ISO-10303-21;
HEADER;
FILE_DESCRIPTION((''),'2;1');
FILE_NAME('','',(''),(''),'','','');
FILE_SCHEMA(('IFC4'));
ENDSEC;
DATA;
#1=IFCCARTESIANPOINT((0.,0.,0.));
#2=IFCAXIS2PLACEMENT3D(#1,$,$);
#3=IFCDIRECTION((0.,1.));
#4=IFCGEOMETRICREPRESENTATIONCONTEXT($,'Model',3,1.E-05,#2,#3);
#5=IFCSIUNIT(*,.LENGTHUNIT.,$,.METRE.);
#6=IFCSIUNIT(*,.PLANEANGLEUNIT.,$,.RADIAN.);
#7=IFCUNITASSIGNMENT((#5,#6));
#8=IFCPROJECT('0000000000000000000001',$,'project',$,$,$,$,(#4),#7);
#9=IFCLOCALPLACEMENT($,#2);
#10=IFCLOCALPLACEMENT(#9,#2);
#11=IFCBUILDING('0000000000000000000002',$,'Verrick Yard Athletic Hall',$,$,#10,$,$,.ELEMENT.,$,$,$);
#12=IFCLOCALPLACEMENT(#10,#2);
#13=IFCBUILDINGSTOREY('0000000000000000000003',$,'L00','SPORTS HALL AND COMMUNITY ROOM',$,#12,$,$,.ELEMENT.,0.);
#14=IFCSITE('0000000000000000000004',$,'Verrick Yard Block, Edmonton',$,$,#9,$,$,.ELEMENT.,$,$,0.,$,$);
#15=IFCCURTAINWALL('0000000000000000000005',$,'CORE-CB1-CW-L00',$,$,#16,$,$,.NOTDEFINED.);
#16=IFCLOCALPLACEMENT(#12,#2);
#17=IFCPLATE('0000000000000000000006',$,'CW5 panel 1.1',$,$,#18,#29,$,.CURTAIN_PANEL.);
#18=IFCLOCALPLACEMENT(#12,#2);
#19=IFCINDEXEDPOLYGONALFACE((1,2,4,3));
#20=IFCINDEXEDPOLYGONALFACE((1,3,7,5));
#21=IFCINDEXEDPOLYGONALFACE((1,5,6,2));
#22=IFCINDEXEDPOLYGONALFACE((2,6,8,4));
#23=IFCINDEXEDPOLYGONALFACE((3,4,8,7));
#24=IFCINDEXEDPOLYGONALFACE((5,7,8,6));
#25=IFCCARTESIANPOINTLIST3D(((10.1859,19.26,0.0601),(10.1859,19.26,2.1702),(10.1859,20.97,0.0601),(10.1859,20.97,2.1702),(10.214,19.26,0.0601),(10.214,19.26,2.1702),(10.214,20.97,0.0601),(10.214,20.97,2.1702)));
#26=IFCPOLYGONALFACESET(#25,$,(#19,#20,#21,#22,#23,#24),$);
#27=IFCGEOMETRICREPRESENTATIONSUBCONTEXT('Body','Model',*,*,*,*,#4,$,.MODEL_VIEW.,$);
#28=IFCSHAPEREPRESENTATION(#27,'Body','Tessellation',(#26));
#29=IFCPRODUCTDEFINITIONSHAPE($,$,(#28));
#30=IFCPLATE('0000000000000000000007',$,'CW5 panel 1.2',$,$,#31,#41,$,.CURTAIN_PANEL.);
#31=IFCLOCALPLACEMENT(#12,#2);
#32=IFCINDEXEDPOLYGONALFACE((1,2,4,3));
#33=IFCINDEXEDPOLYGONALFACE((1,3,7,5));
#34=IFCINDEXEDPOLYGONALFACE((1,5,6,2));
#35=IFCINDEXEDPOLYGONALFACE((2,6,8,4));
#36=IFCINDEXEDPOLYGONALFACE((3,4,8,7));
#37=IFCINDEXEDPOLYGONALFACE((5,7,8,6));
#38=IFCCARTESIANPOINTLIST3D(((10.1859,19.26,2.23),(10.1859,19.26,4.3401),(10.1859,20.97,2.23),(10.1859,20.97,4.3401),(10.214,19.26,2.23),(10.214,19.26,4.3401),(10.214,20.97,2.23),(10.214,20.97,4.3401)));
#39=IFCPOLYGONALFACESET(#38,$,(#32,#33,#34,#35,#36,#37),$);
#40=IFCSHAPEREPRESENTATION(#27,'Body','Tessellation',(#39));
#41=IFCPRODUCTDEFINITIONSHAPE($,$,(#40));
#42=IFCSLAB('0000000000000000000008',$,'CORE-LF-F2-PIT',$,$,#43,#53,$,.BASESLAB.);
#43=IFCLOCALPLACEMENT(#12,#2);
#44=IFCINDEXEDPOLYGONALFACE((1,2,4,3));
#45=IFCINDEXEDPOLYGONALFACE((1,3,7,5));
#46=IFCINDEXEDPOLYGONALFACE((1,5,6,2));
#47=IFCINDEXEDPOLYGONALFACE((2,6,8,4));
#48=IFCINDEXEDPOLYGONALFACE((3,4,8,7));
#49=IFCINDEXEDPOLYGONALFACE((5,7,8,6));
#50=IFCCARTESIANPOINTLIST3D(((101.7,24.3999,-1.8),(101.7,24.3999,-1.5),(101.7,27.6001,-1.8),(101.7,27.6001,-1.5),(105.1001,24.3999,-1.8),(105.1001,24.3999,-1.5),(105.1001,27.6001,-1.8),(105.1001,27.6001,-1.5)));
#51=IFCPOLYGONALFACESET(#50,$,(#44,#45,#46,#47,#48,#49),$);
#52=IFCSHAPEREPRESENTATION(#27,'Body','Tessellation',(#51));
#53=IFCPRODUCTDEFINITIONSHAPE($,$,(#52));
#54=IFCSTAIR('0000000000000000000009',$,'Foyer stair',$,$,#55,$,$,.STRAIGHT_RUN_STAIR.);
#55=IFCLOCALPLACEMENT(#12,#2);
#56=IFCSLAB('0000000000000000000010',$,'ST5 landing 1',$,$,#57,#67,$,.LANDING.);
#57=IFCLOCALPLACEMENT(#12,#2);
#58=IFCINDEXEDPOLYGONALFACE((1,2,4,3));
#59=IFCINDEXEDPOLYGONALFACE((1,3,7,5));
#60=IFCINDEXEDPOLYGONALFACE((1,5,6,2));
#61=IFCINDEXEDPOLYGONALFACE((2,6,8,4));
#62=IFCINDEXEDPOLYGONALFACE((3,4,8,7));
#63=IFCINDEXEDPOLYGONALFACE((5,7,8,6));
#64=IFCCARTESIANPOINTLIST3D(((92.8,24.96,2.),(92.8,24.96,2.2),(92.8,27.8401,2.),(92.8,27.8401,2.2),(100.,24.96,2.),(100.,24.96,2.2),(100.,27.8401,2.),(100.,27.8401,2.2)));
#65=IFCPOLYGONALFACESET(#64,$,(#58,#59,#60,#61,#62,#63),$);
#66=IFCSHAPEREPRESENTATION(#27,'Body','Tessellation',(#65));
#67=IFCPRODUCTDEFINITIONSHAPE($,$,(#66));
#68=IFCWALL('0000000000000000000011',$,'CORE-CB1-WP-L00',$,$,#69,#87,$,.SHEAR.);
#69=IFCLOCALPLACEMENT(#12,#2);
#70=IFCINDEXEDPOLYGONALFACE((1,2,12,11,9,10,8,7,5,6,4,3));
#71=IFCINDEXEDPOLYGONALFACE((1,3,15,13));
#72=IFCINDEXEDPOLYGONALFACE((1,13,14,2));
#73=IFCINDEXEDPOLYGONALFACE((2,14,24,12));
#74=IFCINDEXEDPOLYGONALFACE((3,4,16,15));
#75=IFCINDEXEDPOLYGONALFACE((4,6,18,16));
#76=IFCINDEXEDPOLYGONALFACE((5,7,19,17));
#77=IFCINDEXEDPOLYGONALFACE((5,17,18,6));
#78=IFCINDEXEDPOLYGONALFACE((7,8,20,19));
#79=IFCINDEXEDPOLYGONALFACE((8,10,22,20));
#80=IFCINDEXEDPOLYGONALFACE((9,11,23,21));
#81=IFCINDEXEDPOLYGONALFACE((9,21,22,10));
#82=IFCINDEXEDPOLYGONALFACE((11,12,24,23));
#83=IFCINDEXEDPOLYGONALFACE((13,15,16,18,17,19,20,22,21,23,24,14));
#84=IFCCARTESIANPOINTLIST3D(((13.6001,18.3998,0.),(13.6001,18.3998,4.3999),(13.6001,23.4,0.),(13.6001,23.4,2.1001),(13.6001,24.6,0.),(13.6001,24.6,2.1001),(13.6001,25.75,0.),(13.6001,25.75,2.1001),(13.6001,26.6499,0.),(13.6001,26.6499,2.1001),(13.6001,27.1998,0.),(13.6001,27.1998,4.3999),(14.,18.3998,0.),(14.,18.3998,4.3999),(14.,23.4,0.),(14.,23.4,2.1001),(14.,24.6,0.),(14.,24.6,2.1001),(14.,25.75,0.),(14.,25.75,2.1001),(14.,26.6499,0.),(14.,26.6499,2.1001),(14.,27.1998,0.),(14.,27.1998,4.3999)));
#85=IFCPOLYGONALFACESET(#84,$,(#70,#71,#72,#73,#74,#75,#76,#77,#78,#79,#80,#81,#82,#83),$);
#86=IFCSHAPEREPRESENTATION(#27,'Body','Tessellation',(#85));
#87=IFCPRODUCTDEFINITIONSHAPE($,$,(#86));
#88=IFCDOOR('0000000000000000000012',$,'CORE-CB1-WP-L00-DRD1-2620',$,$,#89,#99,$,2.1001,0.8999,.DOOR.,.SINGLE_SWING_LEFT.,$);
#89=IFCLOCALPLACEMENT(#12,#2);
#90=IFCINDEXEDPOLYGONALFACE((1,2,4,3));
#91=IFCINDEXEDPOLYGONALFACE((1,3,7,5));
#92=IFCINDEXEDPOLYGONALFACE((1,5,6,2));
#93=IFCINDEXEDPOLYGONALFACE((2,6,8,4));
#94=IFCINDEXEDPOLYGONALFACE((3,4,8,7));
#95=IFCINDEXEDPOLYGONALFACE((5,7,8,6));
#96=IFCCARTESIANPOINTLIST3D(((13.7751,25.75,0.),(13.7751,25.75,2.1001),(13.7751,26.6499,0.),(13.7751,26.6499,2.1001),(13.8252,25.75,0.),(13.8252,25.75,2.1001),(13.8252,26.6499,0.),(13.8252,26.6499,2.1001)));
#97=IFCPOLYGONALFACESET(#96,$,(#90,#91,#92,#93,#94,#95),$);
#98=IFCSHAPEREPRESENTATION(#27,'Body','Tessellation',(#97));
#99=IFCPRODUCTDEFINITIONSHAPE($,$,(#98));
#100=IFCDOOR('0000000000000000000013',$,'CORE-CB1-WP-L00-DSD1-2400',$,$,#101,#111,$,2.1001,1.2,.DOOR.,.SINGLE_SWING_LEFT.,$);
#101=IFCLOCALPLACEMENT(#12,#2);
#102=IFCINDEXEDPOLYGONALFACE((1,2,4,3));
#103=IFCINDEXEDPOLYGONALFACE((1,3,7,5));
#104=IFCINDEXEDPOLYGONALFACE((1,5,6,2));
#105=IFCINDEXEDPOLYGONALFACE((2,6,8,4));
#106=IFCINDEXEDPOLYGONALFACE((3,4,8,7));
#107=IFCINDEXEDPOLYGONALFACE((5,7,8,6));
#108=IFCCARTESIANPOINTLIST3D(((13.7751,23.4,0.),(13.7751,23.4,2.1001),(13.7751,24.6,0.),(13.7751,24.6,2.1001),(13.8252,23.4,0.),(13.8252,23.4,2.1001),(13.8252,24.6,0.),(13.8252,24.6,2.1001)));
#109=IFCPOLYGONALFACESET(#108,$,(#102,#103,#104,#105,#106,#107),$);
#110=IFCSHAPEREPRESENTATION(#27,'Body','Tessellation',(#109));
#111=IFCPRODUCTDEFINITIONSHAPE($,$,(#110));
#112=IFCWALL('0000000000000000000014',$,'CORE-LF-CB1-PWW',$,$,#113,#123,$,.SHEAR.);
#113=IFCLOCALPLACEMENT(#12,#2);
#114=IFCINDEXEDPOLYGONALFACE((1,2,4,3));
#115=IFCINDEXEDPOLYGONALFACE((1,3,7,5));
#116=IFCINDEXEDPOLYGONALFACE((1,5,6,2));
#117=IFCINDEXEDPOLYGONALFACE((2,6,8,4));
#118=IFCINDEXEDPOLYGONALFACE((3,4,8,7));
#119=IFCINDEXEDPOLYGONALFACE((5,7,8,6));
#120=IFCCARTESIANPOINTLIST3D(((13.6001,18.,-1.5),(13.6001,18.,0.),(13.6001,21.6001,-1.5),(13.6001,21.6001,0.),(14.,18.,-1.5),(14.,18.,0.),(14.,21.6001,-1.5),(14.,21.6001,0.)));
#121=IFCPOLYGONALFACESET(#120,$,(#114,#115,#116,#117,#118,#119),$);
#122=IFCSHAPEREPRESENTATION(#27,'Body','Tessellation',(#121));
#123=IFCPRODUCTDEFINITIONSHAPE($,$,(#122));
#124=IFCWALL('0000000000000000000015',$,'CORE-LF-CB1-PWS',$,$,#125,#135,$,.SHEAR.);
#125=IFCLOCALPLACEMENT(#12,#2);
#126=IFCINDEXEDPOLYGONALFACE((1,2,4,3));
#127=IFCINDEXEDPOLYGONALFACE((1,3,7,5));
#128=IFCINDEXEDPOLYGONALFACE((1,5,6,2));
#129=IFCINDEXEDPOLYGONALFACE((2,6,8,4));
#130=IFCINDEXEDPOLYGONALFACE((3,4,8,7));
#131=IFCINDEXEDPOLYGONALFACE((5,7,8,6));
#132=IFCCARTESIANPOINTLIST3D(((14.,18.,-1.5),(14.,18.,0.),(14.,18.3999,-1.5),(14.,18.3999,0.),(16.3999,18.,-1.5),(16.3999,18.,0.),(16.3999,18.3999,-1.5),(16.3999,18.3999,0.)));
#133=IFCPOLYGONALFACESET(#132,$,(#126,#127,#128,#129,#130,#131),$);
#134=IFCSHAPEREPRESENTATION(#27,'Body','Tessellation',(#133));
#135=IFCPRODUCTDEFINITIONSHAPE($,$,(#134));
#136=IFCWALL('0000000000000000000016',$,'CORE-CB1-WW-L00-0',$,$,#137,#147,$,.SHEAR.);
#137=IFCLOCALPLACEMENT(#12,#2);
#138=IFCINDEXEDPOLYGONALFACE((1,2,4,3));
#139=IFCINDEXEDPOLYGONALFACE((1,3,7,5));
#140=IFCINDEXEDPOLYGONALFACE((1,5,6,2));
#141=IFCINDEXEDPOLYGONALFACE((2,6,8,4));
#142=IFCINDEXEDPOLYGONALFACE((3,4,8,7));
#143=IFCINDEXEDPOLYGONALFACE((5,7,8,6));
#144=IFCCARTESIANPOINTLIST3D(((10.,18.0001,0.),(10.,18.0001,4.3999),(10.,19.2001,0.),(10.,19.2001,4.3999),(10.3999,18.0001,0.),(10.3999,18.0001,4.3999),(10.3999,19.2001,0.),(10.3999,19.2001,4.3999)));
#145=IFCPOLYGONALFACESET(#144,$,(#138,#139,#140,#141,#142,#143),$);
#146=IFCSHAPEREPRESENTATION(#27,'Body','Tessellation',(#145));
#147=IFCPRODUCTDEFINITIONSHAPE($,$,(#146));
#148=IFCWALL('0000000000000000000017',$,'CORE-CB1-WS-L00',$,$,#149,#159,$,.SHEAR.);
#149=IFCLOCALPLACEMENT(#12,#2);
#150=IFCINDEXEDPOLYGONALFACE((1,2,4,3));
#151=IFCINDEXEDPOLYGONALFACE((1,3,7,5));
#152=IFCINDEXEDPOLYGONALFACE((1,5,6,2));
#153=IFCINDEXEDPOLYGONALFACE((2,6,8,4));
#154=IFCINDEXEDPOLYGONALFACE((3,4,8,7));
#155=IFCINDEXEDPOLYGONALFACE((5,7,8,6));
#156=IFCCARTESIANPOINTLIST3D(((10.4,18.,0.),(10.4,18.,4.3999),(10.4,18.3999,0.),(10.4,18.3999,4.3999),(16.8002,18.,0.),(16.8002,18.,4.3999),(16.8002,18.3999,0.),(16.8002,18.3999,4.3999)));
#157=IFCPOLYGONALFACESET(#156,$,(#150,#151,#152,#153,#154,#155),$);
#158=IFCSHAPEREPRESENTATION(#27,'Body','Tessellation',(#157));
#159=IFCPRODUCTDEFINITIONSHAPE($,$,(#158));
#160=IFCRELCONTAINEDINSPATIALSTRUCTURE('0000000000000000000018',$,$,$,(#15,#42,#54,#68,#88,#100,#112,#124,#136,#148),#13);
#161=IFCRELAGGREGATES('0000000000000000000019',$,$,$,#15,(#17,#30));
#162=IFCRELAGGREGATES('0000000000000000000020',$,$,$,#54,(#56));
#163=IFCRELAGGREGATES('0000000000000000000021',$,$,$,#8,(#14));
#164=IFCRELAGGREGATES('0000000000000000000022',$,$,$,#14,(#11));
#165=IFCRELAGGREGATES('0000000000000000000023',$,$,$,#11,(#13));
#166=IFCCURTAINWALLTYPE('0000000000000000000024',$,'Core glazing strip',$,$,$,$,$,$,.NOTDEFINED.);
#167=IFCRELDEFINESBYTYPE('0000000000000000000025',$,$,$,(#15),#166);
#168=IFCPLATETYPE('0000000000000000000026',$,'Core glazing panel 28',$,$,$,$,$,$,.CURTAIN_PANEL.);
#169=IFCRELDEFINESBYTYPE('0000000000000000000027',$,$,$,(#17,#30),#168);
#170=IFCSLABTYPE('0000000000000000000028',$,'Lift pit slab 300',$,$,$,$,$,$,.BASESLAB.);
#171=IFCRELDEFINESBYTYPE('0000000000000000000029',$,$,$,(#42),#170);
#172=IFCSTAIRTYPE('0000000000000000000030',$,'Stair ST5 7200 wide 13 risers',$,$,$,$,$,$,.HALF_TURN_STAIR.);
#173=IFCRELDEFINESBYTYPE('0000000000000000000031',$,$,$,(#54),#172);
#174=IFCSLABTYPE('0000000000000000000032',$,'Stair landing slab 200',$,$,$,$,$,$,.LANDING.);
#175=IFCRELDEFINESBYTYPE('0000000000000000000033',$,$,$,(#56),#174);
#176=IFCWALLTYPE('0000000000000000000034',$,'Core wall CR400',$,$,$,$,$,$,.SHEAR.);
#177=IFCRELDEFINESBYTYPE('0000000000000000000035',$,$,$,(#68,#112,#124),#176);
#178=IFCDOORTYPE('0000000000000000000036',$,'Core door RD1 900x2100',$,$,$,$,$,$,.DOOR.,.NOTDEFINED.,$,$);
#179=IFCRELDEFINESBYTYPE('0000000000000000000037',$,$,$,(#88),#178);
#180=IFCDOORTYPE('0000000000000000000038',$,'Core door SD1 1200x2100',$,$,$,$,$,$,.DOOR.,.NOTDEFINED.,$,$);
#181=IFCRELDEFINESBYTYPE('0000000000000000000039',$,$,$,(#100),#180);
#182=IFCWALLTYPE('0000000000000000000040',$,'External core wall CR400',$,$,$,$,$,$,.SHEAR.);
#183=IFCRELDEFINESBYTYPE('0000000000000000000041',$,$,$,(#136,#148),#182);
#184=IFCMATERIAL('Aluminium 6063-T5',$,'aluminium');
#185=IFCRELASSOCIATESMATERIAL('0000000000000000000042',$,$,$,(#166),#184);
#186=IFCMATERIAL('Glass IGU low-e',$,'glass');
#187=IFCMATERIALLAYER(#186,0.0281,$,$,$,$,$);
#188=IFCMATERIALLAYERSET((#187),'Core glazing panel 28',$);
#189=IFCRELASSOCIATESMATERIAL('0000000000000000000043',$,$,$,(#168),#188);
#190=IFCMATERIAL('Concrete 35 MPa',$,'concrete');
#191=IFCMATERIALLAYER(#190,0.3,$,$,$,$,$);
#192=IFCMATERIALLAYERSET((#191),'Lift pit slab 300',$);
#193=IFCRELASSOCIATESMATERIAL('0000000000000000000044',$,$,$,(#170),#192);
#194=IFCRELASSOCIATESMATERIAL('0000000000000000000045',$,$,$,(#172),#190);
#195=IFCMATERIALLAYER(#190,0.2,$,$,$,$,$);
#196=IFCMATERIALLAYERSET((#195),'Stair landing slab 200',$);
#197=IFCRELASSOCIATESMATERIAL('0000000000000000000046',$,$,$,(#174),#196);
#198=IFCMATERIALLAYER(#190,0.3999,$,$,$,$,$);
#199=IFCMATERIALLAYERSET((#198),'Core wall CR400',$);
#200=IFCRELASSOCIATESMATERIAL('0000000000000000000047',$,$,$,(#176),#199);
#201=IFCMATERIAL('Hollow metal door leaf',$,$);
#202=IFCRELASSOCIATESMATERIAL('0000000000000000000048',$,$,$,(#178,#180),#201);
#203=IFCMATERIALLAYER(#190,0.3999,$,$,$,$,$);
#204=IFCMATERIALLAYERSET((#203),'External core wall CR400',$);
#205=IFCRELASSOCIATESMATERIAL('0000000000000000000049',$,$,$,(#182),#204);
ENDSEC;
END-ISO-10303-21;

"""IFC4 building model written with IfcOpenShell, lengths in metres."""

from ifc_helpers import new_model, si_unit, direction, frame, frame_2d, origin, origin_2d, place, context, subcontext, project, spatial, polyline, rectangle, outline, extrude, material, layer, layer_set, type_object, element, fill, aggregate, save


model = new_model("IFC4")

# Units and contexts
model_context = context("Model", 3, precision=1e-05, world=origin(), true_north=direction((0.0, 1.0)))
body_context = subcontext(model_context, "Body", "Model", "MODEL_VIEW")
ifc_project = project(units=[si_unit("LENGTHUNIT", "METRE"), si_unit("PLANEANGLEUNIT", "RADIAN")], contexts=[model_context])

# Site, building, storey
site_placement = place(None, origin())
site = spatial("IfcSite", under=ifc_project, at=site_placement, Name="Verrick Yard Block, Edmonton", CompositionType="ELEMENT", RefElevation=0.0)
building_placement = place(site_placement, origin())
building = spatial("IfcBuilding", under=site, at=building_placement, Name="Verrick Yard Athletic Hall", CompositionType="ELEMENT")
storey_placement = place(building_placement, origin())
storey = spatial("IfcBuildingStorey", under=building, at=storey_placement, Name="L00", Description="SPORTS HALL AND COMMUNITY ROOM", CompositionType="ELEMENT", Elevation=0.0)

# Shared definitions
ifc_material_1 = material(Name="Concrete 35 MPa", Category="concrete")

# Curtain wall, plates
ifc_material_2 = material(Name="Aluminium 6063-T5", Category="aluminium")
curtain_wall_type = type_object("IfcCurtainWallType", Name="Core glazing strip", PredefinedType="NOTDEFINED", material=ifc_material_2)
curtain_wall_placement = place(storey_placement, origin())
curtain_wall = element("IfcCurtainWall", 1, at=curtain_wall_placement, inside=storey, type_object=curtain_wall_type, Name="CORE-CB1-CW-L00", PredefinedType="NOTDEFINED")
ifc_material_3 = material(Name="Glass IGU low-e", Category="glass")
ifc_layer_1 = layer(ifc_material_3, 0.0281)
ifc_layer_set_1 = layer_set([ifc_layer_1], Name="Core glazing panel 28")
plate_type = type_object("IfcPlateType", Name="Core glazing panel 28", PredefinedType="CURTAIN_PANEL", material=ifc_layer_set_1)
plate_1_placement = place(storey_placement, frame((10.2, 20.115, 0.0601), z_axis=(0.0, 0.0, 1.0), x_axis=(0.0, 1.0, 0.0)))
plate_1 = element("IfcPlate", 2, at=plate_1_placement, type_object=plate_type, Name="CW5 panel 1.1", PredefinedType="CURTAIN_PANEL", context=body_context, shape_type="SweptSolid", body=[
    extrude(rectangle(XDim=1.71, YDim=0.0281, at=origin_2d()), origin(), (0.0, 0.0, 1.0), 2.1101),
])
plate_2_placement = place(storey_placement, frame((10.2, 20.115, 2.23), z_axis=(0.0, 0.0, 1.0), x_axis=(0.0, 1.0, 0.0)))
plate_2 = element("IfcPlate", 3, at=plate_2_placement, type_object=plate_type, Name="CW5 panel 1.2", PredefinedType="CURTAIN_PANEL", context=body_context, shape_type="SweptSolid", body=[
    extrude(rectangle(XDim=1.71, YDim=0.0281, at=origin_2d()), origin(), (0.0, 0.0, 1.0), 2.1101),
])
aggregate(curtain_wall, [plate_1, plate_2])

# Slab
ifc_layer_2 = layer(ifc_material_1, 0.3)
ifc_layer_set_2 = layer_set([ifc_layer_2], Name="Lift pit slab 300")
slab_type_1 = type_object("IfcSlabType", Name="Lift pit slab 300", PredefinedType="BASESLAB", material=ifc_layer_set_2)
slab_1_placement = place(storey_placement, frame((0.0, 0.0, -1.8)))
element("IfcSlab", 4, at=slab_1_placement, inside=storey, type_object=slab_type_1, Name="CORE-LF-F2-PIT", PredefinedType="BASESLAB", context=body_context, shape_type="SweptSolid", body=[
    extrude(outline(polyline([(101.7, 24.3999), (105.1001, 24.3999), (105.1001, 27.6001), (101.7, 27.6001), (101.7, 24.3999)])), origin(), (0.0, 0.0, 1.0), 0.3),
])

# Stair, slab
stair_type_1 = type_object("IfcStairType", Name="Stair ST5 7200 wide 13 risers", PredefinedType="HALF_TURN_STAIR", material=ifc_material_1)
stair_1_placement = place(storey_placement, origin())
stair_1 = element("IfcStair", 5, at=stair_1_placement, inside=storey, type_object=stair_type_1, Name="Foyer stair", PredefinedType="STRAIGHT_RUN_STAIR")
ifc_layer_3 = layer(ifc_material_1, 0.2)
ifc_layer_set_3 = layer_set([ifc_layer_3], Name="Stair landing slab 200")
slab_type_2 = type_object("IfcSlabType", Name="Stair landing slab 200", PredefinedType="LANDING", material=ifc_layer_set_3)
slab_2_placement = place(storey_placement, frame((0.0, 0.0, 2.0)))
slab_2 = element("IfcSlab", 6, at=slab_2_placement, type_object=slab_type_2, Name="ST5 landing 1", PredefinedType="LANDING", context=body_context, shape_type="SweptSolid", body=[
    extrude(outline(polyline([(92.8, 24.96), (100.0, 24.96), (100.0, 27.8401), (92.8, 27.8401), (92.8, 24.96)])), origin(), (0.0, 0.0, 1.0), 0.2),
])
aggregate(stair_1, [slab_2])

# Wall, openings, doors
ifc_layer_4 = layer(ifc_material_1, 0.3999)
ifc_layer_set_4 = layer_set([ifc_layer_4], Name="Core wall CR400")
wall_type_1 = type_object("IfcWallType", Name="Core wall CR400", PredefinedType="SHEAR", material=ifc_layer_set_4)
wall_1_placement = place(storey_placement, frame((13.8, 18.3999, 0.0), z_axis=(0.0, 0.0, 1.0), x_axis=(0.0, 1.0, 0.0)))
wall_1 = element("IfcWall", 7, at=wall_1_placement, inside=storey, type_object=wall_type_1, Name="CORE-CB1-WP-L00", PredefinedType="SHEAR", context=body_context, shape_type="SweptSolid", body=[
    extrude(rectangle(XDim=8.8, YDim=0.3999, at=frame_2d((4.3999, 0.0))), origin(), (0.0, 0.0, 1.0), 4.3999),
])
opening_1_placement = place(wall_1_placement, frame((5.0, 0.0, 0.0)))
opening_1 = element("IfcOpeningElement", 8, at=opening_1_placement, cuts=wall_1, PredefinedType="OPENING", context=body_context, shape_type="SweptSolid", body=[
    extrude(rectangle(XDim=1.2, YDim=2.1001, at=frame_2d((0.6001, 1.05))), frame((0.0, 0.21, 0.0), z_axis=(0.0, -1.0, 0.0), x_axis=(1.0, 0.0, 0.0)), (0.0, 0.0, 1.0), 0.4199),
])
opening_2_placement = place(wall_1_placement, frame((7.3501, 0.0, 0.0)))
opening_2 = element("IfcOpeningElement", 9, at=opening_2_placement, cuts=wall_1, PredefinedType="OPENING", context=body_context, shape_type="SweptSolid", body=[
    extrude(rectangle(XDim=0.8999, YDim=2.1001, at=frame_2d((0.45, 1.05))), frame((0.0, 0.21, 0.0), z_axis=(0.0, -1.0, 0.0), x_axis=(1.0, 0.0, 0.0)), (0.0, 0.0, 1.0), 0.4199),
])
ifc_material_4 = material(Name="Hollow metal door leaf")
door_type_1 = type_object("IfcDoorType", Name="Core door RD1 900x2100", OperationType="NOTDEFINED", PredefinedType="DOOR", material=ifc_material_4)
door_1_placement = place(opening_2_placement, origin())
door_1 = element("IfcDoor", 10, at=door_1_placement, inside=storey, type_object=door_type_1, Name="CORE-CB1-WP-L00-DRD1-2620", OperationType="SINGLE_SWING_LEFT", OverallHeight=2.1001, OverallWidth=0.8999, PredefinedType="DOOR", context=body_context, shape_type="SweptSolid", body=[
    extrude(rectangle(XDim=0.8999, YDim=2.1001, at=frame_2d((0.45, 1.05))), frame((0.0, 0.0249, 0.0), z_axis=(0.0, -1.0, 0.0), x_axis=(1.0, 0.0, 0.0)), (0.0, 0.0, 1.0), 0.05),
])
fill(opening_2, door_1)
door_type_2 = type_object("IfcDoorType", Name="Core door SD1 1200x2100", OperationType="NOTDEFINED", PredefinedType="DOOR", material=ifc_material_4)
door_2_placement = place(opening_1_placement, origin())
door_2 = element("IfcDoor", 11, at=door_2_placement, inside=storey, type_object=door_type_2, Name="CORE-CB1-WP-L00-DSD1-2400", OperationType="SINGLE_SWING_LEFT", OverallHeight=2.1001, OverallWidth=1.2, PredefinedType="DOOR", context=body_context, shape_type="SweptSolid", body=[
    extrude(rectangle(XDim=1.2, YDim=2.1001, at=frame_2d((0.6001, 1.05))), frame((0.0, 0.0249, 0.0), z_axis=(0.0, -1.0, 0.0), x_axis=(1.0, 0.0, 0.0)), (0.0, 0.0, 1.0), 0.05),
])
fill(opening_1, door_2)

# Walls
wall_2_placement = place(storey_placement, frame((13.8, 18.0, -1.5), z_axis=(0.0, 0.0, 1.0), x_axis=(0.0, 1.0, 0.0)))
element("IfcWall", 12, at=wall_2_placement, inside=storey, type_object=wall_type_1, Name="CORE-LF-CB1-PWW", PredefinedType="SHEAR", context=body_context, shape_type="SweptSolid", body=[
    extrude(rectangle(XDim=3.6001, YDim=0.3999, at=frame_2d((1.8, 0.0))), origin(), (0.0, 0.0, 1.0), 1.5),
])
wall_3_placement = place(storey_placement, frame((14.0, 18.2, -1.5), z_axis=(0.0, 0.0, 1.0), x_axis=(1.0, 0.0, 0.0)))
element("IfcWall", 13, at=wall_3_placement, inside=storey, type_object=wall_type_1, Name="CORE-LF-CB1-PWS", PredefinedType="SHEAR", context=body_context, shape_type="SweptSolid", body=[
    extrude(rectangle(XDim=2.3999, YDim=0.3999, at=frame_2d((1.2, 0.0))), origin(), (0.0, 0.0, 1.0), 1.5),
])
ifc_layer_5 = layer(ifc_material_1, 0.3999)
ifc_layer_set_5 = layer_set([ifc_layer_5], Name="External core wall CR400")
wall_type_2 = type_object("IfcWallType", Name="External core wall CR400", PredefinedType="SHEAR", material=ifc_layer_set_5)
wall_4_placement = place(storey_placement, frame((10.2, 18.0, 0.0), z_axis=(0.0, 0.0, 1.0), x_axis=(0.0, 1.0, 0.0)))
element("IfcWall", 14, at=wall_4_placement, inside=storey, type_object=wall_type_2, Name="CORE-CB1-WW-L00-0", PredefinedType="SHEAR", context=body_context, shape_type="SweptSolid", body=[
    extrude(rectangle(XDim=1.2, YDim=0.3999, at=frame_2d((0.6001, 0.0))), origin(), (0.0, 0.0, 1.0), 4.3999),
])
wall_5_placement = place(storey_placement, frame((10.3999, 18.2, 0.0), z_axis=(0.0, 0.0, 1.0), x_axis=(1.0, 0.0, 0.0)))
element("IfcWall", 15, at=wall_5_placement, inside=storey, type_object=wall_type_2, Name="CORE-CB1-WS-L00", PredefinedType="SHEAR", context=body_context, shape_type="SweptSolid", body=[
    extrude(rectangle(XDim=6.4001, YDim=0.3999, at=frame_2d((3.2002, 0.0))), origin(), (0.0, 0.0, 1.0), 4.3999),
])

save(model, "model.ifc")
